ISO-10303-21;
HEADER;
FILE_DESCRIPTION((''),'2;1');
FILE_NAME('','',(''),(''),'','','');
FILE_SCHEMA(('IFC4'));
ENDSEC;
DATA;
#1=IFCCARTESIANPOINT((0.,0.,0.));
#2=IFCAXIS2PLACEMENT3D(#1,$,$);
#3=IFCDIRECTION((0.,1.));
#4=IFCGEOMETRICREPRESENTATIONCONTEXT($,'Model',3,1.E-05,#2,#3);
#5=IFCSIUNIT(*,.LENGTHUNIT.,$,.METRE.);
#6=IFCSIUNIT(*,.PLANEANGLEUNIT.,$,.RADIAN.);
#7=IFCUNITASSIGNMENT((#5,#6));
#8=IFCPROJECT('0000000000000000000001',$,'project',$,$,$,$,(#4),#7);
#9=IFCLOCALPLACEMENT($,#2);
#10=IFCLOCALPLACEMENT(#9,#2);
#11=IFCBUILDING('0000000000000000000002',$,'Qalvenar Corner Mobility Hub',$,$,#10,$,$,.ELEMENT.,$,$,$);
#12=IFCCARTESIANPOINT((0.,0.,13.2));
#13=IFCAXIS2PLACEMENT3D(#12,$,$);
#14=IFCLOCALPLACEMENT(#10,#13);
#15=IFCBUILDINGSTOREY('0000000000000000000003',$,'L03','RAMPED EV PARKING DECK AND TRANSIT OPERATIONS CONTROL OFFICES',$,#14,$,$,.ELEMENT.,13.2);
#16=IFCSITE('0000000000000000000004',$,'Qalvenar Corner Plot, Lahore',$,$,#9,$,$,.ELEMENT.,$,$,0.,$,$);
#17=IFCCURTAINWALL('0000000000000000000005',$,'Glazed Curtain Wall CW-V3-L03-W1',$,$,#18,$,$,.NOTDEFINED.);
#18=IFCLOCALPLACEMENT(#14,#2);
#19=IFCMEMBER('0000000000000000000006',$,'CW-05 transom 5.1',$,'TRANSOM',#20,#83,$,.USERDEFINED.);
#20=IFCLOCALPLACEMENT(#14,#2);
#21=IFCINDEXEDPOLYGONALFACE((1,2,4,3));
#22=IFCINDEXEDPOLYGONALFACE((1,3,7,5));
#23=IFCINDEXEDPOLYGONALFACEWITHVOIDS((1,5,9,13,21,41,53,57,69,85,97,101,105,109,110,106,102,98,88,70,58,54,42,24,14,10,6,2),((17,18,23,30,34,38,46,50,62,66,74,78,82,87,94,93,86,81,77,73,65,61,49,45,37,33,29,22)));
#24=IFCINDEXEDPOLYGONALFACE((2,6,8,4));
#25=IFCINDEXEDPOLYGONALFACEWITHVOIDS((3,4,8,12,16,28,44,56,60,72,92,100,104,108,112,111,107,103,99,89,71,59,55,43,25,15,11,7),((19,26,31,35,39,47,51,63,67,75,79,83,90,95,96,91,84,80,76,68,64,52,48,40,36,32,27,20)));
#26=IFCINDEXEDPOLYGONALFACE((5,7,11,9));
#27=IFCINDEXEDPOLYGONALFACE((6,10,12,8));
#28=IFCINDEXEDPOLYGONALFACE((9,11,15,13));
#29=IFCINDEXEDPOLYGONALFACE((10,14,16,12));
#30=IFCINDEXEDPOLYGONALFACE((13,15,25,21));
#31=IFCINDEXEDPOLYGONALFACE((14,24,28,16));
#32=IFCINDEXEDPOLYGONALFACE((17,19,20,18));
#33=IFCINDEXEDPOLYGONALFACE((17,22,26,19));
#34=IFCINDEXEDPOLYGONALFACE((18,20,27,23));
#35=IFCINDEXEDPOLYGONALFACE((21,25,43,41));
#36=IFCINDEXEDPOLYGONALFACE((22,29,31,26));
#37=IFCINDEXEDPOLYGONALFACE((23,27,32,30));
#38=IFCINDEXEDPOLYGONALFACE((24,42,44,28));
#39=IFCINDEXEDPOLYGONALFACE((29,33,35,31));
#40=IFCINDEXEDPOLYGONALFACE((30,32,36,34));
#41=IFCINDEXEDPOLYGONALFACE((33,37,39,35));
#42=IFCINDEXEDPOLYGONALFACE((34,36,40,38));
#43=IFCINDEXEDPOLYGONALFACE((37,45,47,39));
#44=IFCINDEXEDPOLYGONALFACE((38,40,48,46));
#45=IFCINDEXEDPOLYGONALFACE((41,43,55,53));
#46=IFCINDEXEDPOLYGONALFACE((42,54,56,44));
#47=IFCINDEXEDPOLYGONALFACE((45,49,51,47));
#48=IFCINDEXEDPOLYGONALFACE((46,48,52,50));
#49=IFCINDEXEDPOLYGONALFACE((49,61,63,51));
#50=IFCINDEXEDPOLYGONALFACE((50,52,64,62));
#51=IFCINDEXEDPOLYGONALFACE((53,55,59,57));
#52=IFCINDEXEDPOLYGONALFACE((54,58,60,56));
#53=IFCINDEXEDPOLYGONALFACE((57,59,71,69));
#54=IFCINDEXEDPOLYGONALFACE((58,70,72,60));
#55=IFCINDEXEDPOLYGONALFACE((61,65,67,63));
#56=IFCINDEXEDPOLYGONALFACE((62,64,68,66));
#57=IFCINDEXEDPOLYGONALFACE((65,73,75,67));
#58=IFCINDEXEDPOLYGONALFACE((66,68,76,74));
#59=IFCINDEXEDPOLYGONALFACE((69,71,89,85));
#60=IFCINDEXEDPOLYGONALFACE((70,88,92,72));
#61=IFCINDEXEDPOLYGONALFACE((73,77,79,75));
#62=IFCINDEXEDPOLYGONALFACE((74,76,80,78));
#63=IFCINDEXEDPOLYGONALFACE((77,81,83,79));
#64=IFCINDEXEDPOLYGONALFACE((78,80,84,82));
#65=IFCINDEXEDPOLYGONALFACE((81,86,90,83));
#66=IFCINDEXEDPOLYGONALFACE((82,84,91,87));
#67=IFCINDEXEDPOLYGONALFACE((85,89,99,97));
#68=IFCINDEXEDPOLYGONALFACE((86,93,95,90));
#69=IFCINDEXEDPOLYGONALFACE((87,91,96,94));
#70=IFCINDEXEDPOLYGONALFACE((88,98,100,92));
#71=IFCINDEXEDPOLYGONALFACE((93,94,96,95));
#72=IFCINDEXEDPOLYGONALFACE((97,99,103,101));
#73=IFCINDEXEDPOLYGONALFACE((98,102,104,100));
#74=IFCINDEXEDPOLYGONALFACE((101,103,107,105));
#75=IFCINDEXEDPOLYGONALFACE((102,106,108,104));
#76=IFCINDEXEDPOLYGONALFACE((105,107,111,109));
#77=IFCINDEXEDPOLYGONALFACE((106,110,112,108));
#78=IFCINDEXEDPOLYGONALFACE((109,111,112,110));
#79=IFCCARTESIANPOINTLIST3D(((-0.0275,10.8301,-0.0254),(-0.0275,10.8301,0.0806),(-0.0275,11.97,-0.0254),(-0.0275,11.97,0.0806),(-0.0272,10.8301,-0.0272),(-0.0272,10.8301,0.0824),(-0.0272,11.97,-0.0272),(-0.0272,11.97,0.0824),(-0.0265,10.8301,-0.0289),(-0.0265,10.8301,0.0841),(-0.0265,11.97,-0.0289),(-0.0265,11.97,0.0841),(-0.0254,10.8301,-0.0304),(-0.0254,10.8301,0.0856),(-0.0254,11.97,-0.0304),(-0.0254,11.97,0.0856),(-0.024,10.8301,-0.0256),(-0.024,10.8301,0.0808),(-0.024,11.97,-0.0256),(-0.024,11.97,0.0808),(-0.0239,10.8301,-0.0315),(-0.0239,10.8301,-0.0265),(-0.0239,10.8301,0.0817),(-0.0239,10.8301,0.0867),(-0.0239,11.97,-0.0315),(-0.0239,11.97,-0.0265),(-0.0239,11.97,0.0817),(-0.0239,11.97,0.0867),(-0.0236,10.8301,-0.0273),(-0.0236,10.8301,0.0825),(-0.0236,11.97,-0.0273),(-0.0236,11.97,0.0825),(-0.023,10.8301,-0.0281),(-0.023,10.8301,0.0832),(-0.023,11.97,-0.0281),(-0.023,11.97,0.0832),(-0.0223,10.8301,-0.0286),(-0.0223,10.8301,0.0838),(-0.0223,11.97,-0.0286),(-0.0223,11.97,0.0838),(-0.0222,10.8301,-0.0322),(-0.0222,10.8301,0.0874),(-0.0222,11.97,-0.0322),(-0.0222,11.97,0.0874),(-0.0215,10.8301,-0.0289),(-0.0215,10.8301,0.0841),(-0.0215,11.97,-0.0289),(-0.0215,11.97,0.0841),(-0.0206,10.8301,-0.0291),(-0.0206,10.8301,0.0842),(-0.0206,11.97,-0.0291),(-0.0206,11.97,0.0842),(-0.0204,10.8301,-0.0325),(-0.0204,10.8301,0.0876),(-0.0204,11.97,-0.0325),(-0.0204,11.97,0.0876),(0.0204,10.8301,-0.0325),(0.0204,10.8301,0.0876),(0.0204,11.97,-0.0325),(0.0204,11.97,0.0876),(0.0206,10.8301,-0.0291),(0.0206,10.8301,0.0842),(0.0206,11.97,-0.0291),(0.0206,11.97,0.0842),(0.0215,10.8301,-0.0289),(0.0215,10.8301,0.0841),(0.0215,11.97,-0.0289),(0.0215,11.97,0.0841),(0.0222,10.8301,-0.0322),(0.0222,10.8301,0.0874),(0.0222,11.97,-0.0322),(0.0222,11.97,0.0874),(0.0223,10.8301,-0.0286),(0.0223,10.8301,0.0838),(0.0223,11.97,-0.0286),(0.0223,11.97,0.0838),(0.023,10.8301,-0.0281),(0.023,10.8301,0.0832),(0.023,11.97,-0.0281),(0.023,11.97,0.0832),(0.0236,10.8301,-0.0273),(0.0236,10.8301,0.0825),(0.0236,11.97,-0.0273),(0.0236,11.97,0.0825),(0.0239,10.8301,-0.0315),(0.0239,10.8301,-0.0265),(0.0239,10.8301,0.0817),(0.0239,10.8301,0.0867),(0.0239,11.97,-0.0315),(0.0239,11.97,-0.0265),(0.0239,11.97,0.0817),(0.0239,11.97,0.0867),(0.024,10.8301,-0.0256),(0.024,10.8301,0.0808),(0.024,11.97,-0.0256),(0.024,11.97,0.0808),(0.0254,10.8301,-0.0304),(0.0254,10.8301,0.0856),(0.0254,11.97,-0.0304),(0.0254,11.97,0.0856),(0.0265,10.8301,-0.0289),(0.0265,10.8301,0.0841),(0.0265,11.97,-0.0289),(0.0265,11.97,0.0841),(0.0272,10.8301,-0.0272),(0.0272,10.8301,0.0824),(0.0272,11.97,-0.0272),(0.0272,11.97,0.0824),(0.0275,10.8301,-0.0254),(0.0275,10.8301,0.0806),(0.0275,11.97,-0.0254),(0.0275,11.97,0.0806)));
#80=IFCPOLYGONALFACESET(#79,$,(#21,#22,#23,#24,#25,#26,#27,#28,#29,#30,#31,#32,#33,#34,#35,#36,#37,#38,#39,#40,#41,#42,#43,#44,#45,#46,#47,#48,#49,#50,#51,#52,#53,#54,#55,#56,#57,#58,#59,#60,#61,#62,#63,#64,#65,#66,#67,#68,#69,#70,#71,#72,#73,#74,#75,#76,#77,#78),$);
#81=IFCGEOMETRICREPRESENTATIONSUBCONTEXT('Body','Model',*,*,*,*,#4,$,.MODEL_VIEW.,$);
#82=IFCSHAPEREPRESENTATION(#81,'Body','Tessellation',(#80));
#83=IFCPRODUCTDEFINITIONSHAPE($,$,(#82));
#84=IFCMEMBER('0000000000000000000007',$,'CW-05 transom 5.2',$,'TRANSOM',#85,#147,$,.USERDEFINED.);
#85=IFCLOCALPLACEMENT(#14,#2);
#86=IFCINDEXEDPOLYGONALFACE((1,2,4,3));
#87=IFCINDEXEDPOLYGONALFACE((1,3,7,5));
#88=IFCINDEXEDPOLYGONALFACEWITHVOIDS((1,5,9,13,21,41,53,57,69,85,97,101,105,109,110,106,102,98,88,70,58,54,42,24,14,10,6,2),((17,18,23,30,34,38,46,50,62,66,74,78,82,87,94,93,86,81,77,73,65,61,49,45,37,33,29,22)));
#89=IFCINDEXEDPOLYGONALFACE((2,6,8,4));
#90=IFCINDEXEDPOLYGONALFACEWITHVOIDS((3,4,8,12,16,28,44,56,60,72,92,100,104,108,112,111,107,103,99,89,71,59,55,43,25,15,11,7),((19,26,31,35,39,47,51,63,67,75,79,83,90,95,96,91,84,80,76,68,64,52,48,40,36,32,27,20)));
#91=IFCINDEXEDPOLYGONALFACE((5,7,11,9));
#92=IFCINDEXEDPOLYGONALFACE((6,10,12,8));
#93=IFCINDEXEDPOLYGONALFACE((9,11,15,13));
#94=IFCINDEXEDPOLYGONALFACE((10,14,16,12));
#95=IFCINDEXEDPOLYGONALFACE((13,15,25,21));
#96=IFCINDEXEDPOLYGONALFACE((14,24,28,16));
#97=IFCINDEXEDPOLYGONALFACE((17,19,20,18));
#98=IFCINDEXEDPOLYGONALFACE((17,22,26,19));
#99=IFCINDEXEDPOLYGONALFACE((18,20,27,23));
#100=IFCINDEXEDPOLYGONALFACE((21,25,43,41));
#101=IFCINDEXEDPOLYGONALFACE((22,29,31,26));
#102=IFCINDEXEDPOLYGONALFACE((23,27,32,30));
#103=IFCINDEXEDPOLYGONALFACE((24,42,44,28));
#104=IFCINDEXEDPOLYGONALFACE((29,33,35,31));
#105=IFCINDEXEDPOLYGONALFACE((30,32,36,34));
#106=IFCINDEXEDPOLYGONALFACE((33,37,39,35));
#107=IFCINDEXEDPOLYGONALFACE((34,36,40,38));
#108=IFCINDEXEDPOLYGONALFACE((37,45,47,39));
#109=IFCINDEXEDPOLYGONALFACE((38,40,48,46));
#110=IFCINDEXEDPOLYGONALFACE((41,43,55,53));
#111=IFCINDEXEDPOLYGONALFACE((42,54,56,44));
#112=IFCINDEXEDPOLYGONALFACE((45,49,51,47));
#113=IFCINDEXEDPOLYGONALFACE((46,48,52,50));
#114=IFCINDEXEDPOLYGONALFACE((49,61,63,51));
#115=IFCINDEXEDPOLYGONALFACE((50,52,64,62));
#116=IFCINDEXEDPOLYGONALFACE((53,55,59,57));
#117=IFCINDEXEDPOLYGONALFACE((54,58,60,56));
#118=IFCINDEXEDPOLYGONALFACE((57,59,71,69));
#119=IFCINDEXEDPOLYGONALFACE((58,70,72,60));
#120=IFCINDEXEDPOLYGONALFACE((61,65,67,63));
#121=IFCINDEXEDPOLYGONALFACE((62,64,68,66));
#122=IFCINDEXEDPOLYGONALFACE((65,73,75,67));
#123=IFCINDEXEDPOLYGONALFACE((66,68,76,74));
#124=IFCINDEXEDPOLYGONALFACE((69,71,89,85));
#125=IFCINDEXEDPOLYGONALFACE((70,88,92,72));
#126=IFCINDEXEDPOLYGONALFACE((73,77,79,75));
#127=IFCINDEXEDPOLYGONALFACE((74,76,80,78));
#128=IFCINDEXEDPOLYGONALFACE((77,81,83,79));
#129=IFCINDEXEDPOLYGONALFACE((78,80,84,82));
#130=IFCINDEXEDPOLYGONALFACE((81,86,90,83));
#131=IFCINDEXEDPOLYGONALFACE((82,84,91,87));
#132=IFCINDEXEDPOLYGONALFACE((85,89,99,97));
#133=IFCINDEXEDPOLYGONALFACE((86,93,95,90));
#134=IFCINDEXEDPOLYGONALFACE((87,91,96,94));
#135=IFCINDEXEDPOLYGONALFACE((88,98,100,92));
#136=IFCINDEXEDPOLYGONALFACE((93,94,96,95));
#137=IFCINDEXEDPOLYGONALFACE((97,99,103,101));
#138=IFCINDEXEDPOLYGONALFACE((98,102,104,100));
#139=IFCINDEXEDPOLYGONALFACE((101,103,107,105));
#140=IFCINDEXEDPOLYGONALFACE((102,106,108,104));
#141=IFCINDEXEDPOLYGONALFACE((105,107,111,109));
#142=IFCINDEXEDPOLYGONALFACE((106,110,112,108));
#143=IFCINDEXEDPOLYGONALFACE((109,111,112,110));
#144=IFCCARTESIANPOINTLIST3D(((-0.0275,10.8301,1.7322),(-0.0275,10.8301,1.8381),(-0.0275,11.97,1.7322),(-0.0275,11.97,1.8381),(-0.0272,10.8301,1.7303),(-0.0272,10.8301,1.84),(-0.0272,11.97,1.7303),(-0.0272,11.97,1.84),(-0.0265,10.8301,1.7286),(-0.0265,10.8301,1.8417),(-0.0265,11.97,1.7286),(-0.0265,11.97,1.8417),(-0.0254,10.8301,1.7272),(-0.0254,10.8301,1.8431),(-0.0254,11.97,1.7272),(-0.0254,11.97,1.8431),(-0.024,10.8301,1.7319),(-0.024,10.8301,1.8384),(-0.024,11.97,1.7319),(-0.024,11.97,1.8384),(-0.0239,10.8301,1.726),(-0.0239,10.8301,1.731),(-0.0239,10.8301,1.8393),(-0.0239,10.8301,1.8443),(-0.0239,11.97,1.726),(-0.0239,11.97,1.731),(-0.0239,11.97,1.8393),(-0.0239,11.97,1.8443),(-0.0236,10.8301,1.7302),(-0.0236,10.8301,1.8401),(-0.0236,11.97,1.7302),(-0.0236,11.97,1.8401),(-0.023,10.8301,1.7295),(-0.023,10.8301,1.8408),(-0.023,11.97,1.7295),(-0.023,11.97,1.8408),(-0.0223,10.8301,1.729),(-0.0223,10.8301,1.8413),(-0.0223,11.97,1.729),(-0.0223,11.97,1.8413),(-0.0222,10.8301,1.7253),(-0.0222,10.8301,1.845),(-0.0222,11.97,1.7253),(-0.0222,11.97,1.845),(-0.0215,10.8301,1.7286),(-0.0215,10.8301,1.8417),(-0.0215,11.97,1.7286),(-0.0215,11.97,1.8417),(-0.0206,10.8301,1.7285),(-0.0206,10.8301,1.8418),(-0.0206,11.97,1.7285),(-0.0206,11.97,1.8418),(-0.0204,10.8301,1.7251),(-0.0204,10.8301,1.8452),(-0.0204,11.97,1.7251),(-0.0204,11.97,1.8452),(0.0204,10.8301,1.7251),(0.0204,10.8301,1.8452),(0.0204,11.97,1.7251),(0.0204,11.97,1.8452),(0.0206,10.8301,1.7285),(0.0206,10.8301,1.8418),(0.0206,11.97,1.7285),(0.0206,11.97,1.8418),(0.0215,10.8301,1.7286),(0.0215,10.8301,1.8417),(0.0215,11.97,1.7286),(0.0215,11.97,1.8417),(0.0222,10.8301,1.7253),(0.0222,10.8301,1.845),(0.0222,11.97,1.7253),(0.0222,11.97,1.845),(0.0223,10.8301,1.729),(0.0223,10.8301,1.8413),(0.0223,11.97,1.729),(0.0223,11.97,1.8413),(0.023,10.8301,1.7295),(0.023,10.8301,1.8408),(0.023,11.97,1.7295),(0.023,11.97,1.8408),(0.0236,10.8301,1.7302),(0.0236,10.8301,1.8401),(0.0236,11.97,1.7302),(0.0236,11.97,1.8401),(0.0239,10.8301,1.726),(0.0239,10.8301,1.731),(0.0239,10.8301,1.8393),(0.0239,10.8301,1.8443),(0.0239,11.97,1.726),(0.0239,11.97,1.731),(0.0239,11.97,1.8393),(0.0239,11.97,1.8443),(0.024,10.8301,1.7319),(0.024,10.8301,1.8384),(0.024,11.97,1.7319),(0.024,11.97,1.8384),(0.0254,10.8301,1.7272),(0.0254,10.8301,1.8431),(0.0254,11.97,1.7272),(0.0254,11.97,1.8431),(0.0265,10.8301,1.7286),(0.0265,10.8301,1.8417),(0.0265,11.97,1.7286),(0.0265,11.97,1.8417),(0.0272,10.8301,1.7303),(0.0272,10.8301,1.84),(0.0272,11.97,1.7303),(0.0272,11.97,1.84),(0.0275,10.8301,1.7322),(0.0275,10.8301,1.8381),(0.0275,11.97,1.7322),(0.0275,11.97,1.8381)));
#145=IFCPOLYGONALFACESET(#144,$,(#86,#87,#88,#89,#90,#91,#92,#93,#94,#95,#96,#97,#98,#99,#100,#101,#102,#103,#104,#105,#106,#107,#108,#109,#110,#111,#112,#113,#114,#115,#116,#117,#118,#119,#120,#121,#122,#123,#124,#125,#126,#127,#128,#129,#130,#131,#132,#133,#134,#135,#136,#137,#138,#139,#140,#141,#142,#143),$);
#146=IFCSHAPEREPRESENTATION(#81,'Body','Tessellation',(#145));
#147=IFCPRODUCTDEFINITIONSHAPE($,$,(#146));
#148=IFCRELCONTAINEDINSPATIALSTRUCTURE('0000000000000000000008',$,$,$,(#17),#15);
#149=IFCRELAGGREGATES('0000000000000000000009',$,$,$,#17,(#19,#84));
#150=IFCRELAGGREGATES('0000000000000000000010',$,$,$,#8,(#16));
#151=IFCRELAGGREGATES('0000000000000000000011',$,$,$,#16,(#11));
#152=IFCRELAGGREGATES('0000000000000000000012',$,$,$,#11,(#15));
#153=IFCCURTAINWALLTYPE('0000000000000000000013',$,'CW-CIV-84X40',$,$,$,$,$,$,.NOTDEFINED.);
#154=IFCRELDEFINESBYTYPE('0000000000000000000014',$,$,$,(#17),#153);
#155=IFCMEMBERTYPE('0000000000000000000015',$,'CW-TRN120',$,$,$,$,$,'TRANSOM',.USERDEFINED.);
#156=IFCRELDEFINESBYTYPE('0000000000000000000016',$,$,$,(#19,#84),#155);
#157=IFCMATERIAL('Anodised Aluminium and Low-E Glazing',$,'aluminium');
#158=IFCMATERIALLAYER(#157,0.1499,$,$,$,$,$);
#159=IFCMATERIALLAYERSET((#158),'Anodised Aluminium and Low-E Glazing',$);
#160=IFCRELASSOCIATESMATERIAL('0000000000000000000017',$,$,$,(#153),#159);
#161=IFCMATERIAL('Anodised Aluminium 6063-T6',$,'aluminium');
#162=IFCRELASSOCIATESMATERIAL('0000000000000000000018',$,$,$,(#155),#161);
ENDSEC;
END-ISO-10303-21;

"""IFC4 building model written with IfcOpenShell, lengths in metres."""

from ifc_helpers import new_model, si_unit, direction, frame, origin, origin_2d, place, context, subcontext, project, spatial, hollow_rectangle, extrude, material, layer, layer_set, material_profile, profile_set, type_object, element, aggregate, save


model = new_model("IFC4")

# Units and contexts
model_context = context("Model", 3, precision=1e-05, world=origin(), true_north=direction((0.0, 1.0)))
body_context = subcontext(model_context, "Body", "Model", "MODEL_VIEW")
ifc_project = project(units=[si_unit("LENGTHUNIT", "METRE"), si_unit("PLANEANGLEUNIT", "RADIAN")], contexts=[model_context])

# Site, building, storey
site_placement = place(None, origin())
site = spatial("IfcSite", under=ifc_project, at=site_placement, Name="Qalvenar Corner Plot, Lahore", CompositionType="ELEMENT", RefElevation=0.0)
building_placement = place(site_placement, origin())
building = spatial("IfcBuilding", under=site, at=building_placement, Name="Qalvenar Corner Mobility Hub", CompositionType="ELEMENT")
storey_placement = place(building_placement, frame((0.0, 0.0, 13.2)))
storey = spatial("IfcBuildingStorey", under=building, at=storey_placement, Name="L03", Description="RAMPED EV PARKING DECK AND TRANSIT OPERATIONS CONTROL OFFICES", CompositionType="ELEMENT", Elevation=13.2)

# Curtain wall, members
ifc_material_1 = material(Name="Anodised Aluminium and Low-E Glazing", Category="aluminium")
ifc_layer_1 = layer(ifc_material_1, 0.1499)
ifc_layer_set_1 = layer_set([ifc_layer_1], Name="Anodised Aluminium and Low-E Glazing")
curtain_wall_type = type_object("IfcCurtainWallType", Name="CW-CIV-84X40", PredefinedType="NOTDEFINED", material=ifc_layer_set_1)
curtain_wall_placement = place(storey_placement, origin())
curtain_wall = element("IfcCurtainWall", 1, at=curtain_wall_placement, inside=storey, type_object=curtain_wall_type, Name="Glazed Curtain Wall CW-V3-L03-W1", PredefinedType="NOTDEFINED")
ifc_material_2 = material(Name="Anodised Aluminium 6063-T6", Category="aluminium")
ifc_material_profile_1 = material_profile(ifc_material_2, hollow_rectangle(XDim=0.0549, YDim=0.1201, WallThickness=0.0034, InnerFilletRadius=0.0034, OuterFilletRadius=0.0071, at=origin_2d()), Name="RHS120x55x3.5")
ifc_profile_set_1 = profile_set([ifc_material_profile_1], Name="Anodised Aluminium 6063-T6")
member_type_1 = type_object("IfcMemberType", Name="CW-TRN120", ElementType="TRANSOM", PredefinedType="USERDEFINED", material=ifc_profile_set_1)
member_1_placement = place(storey_placement, frame((0.0, 11.97, 0.0276), z_axis=(0.0, -1.0, 0.0), x_axis=(1.0, 0.0, 0.0)))
member_1 = element("IfcMember", 2, at=member_1_placement, type_object=member_type_1, Name="CW-05 transom 5.1", ObjectType="TRANSOM", PredefinedType="USERDEFINED", context=body_context, shape_type="SweptSolid", body=[
    extrude(hollow_rectangle(XDim=0.0549, YDim=0.1201, WallThickness=0.0034, InnerFilletRadius=0.0034, OuterFilletRadius=0.0071, at=origin_2d()), origin(), (0.0, 0.0, 1.0), 1.1399),
])
member_2_placement = place(storey_placement, frame((0.0, 11.97, 1.7852), z_axis=(0.0, -1.0, 0.0), x_axis=(1.0, 0.0, 0.0)))
member_2 = element("IfcMember", 3, at=member_2_placement, type_object=member_type_1, Name="CW-05 transom 5.2", ObjectType="TRANSOM", PredefinedType="USERDEFINED", context=body_context, shape_type="SweptSolid", body=[
    extrude(hollow_rectangle(XDim=0.0549, YDim=0.1201, WallThickness=0.0034, InnerFilletRadius=0.0034, OuterFilletRadius=0.0071, at=origin_2d()), origin(), (0.0, 0.0, 1.0), 1.1399),
])
aggregate(curtain_wall, [member_1, member_2])

save(model, "model.ifc")
